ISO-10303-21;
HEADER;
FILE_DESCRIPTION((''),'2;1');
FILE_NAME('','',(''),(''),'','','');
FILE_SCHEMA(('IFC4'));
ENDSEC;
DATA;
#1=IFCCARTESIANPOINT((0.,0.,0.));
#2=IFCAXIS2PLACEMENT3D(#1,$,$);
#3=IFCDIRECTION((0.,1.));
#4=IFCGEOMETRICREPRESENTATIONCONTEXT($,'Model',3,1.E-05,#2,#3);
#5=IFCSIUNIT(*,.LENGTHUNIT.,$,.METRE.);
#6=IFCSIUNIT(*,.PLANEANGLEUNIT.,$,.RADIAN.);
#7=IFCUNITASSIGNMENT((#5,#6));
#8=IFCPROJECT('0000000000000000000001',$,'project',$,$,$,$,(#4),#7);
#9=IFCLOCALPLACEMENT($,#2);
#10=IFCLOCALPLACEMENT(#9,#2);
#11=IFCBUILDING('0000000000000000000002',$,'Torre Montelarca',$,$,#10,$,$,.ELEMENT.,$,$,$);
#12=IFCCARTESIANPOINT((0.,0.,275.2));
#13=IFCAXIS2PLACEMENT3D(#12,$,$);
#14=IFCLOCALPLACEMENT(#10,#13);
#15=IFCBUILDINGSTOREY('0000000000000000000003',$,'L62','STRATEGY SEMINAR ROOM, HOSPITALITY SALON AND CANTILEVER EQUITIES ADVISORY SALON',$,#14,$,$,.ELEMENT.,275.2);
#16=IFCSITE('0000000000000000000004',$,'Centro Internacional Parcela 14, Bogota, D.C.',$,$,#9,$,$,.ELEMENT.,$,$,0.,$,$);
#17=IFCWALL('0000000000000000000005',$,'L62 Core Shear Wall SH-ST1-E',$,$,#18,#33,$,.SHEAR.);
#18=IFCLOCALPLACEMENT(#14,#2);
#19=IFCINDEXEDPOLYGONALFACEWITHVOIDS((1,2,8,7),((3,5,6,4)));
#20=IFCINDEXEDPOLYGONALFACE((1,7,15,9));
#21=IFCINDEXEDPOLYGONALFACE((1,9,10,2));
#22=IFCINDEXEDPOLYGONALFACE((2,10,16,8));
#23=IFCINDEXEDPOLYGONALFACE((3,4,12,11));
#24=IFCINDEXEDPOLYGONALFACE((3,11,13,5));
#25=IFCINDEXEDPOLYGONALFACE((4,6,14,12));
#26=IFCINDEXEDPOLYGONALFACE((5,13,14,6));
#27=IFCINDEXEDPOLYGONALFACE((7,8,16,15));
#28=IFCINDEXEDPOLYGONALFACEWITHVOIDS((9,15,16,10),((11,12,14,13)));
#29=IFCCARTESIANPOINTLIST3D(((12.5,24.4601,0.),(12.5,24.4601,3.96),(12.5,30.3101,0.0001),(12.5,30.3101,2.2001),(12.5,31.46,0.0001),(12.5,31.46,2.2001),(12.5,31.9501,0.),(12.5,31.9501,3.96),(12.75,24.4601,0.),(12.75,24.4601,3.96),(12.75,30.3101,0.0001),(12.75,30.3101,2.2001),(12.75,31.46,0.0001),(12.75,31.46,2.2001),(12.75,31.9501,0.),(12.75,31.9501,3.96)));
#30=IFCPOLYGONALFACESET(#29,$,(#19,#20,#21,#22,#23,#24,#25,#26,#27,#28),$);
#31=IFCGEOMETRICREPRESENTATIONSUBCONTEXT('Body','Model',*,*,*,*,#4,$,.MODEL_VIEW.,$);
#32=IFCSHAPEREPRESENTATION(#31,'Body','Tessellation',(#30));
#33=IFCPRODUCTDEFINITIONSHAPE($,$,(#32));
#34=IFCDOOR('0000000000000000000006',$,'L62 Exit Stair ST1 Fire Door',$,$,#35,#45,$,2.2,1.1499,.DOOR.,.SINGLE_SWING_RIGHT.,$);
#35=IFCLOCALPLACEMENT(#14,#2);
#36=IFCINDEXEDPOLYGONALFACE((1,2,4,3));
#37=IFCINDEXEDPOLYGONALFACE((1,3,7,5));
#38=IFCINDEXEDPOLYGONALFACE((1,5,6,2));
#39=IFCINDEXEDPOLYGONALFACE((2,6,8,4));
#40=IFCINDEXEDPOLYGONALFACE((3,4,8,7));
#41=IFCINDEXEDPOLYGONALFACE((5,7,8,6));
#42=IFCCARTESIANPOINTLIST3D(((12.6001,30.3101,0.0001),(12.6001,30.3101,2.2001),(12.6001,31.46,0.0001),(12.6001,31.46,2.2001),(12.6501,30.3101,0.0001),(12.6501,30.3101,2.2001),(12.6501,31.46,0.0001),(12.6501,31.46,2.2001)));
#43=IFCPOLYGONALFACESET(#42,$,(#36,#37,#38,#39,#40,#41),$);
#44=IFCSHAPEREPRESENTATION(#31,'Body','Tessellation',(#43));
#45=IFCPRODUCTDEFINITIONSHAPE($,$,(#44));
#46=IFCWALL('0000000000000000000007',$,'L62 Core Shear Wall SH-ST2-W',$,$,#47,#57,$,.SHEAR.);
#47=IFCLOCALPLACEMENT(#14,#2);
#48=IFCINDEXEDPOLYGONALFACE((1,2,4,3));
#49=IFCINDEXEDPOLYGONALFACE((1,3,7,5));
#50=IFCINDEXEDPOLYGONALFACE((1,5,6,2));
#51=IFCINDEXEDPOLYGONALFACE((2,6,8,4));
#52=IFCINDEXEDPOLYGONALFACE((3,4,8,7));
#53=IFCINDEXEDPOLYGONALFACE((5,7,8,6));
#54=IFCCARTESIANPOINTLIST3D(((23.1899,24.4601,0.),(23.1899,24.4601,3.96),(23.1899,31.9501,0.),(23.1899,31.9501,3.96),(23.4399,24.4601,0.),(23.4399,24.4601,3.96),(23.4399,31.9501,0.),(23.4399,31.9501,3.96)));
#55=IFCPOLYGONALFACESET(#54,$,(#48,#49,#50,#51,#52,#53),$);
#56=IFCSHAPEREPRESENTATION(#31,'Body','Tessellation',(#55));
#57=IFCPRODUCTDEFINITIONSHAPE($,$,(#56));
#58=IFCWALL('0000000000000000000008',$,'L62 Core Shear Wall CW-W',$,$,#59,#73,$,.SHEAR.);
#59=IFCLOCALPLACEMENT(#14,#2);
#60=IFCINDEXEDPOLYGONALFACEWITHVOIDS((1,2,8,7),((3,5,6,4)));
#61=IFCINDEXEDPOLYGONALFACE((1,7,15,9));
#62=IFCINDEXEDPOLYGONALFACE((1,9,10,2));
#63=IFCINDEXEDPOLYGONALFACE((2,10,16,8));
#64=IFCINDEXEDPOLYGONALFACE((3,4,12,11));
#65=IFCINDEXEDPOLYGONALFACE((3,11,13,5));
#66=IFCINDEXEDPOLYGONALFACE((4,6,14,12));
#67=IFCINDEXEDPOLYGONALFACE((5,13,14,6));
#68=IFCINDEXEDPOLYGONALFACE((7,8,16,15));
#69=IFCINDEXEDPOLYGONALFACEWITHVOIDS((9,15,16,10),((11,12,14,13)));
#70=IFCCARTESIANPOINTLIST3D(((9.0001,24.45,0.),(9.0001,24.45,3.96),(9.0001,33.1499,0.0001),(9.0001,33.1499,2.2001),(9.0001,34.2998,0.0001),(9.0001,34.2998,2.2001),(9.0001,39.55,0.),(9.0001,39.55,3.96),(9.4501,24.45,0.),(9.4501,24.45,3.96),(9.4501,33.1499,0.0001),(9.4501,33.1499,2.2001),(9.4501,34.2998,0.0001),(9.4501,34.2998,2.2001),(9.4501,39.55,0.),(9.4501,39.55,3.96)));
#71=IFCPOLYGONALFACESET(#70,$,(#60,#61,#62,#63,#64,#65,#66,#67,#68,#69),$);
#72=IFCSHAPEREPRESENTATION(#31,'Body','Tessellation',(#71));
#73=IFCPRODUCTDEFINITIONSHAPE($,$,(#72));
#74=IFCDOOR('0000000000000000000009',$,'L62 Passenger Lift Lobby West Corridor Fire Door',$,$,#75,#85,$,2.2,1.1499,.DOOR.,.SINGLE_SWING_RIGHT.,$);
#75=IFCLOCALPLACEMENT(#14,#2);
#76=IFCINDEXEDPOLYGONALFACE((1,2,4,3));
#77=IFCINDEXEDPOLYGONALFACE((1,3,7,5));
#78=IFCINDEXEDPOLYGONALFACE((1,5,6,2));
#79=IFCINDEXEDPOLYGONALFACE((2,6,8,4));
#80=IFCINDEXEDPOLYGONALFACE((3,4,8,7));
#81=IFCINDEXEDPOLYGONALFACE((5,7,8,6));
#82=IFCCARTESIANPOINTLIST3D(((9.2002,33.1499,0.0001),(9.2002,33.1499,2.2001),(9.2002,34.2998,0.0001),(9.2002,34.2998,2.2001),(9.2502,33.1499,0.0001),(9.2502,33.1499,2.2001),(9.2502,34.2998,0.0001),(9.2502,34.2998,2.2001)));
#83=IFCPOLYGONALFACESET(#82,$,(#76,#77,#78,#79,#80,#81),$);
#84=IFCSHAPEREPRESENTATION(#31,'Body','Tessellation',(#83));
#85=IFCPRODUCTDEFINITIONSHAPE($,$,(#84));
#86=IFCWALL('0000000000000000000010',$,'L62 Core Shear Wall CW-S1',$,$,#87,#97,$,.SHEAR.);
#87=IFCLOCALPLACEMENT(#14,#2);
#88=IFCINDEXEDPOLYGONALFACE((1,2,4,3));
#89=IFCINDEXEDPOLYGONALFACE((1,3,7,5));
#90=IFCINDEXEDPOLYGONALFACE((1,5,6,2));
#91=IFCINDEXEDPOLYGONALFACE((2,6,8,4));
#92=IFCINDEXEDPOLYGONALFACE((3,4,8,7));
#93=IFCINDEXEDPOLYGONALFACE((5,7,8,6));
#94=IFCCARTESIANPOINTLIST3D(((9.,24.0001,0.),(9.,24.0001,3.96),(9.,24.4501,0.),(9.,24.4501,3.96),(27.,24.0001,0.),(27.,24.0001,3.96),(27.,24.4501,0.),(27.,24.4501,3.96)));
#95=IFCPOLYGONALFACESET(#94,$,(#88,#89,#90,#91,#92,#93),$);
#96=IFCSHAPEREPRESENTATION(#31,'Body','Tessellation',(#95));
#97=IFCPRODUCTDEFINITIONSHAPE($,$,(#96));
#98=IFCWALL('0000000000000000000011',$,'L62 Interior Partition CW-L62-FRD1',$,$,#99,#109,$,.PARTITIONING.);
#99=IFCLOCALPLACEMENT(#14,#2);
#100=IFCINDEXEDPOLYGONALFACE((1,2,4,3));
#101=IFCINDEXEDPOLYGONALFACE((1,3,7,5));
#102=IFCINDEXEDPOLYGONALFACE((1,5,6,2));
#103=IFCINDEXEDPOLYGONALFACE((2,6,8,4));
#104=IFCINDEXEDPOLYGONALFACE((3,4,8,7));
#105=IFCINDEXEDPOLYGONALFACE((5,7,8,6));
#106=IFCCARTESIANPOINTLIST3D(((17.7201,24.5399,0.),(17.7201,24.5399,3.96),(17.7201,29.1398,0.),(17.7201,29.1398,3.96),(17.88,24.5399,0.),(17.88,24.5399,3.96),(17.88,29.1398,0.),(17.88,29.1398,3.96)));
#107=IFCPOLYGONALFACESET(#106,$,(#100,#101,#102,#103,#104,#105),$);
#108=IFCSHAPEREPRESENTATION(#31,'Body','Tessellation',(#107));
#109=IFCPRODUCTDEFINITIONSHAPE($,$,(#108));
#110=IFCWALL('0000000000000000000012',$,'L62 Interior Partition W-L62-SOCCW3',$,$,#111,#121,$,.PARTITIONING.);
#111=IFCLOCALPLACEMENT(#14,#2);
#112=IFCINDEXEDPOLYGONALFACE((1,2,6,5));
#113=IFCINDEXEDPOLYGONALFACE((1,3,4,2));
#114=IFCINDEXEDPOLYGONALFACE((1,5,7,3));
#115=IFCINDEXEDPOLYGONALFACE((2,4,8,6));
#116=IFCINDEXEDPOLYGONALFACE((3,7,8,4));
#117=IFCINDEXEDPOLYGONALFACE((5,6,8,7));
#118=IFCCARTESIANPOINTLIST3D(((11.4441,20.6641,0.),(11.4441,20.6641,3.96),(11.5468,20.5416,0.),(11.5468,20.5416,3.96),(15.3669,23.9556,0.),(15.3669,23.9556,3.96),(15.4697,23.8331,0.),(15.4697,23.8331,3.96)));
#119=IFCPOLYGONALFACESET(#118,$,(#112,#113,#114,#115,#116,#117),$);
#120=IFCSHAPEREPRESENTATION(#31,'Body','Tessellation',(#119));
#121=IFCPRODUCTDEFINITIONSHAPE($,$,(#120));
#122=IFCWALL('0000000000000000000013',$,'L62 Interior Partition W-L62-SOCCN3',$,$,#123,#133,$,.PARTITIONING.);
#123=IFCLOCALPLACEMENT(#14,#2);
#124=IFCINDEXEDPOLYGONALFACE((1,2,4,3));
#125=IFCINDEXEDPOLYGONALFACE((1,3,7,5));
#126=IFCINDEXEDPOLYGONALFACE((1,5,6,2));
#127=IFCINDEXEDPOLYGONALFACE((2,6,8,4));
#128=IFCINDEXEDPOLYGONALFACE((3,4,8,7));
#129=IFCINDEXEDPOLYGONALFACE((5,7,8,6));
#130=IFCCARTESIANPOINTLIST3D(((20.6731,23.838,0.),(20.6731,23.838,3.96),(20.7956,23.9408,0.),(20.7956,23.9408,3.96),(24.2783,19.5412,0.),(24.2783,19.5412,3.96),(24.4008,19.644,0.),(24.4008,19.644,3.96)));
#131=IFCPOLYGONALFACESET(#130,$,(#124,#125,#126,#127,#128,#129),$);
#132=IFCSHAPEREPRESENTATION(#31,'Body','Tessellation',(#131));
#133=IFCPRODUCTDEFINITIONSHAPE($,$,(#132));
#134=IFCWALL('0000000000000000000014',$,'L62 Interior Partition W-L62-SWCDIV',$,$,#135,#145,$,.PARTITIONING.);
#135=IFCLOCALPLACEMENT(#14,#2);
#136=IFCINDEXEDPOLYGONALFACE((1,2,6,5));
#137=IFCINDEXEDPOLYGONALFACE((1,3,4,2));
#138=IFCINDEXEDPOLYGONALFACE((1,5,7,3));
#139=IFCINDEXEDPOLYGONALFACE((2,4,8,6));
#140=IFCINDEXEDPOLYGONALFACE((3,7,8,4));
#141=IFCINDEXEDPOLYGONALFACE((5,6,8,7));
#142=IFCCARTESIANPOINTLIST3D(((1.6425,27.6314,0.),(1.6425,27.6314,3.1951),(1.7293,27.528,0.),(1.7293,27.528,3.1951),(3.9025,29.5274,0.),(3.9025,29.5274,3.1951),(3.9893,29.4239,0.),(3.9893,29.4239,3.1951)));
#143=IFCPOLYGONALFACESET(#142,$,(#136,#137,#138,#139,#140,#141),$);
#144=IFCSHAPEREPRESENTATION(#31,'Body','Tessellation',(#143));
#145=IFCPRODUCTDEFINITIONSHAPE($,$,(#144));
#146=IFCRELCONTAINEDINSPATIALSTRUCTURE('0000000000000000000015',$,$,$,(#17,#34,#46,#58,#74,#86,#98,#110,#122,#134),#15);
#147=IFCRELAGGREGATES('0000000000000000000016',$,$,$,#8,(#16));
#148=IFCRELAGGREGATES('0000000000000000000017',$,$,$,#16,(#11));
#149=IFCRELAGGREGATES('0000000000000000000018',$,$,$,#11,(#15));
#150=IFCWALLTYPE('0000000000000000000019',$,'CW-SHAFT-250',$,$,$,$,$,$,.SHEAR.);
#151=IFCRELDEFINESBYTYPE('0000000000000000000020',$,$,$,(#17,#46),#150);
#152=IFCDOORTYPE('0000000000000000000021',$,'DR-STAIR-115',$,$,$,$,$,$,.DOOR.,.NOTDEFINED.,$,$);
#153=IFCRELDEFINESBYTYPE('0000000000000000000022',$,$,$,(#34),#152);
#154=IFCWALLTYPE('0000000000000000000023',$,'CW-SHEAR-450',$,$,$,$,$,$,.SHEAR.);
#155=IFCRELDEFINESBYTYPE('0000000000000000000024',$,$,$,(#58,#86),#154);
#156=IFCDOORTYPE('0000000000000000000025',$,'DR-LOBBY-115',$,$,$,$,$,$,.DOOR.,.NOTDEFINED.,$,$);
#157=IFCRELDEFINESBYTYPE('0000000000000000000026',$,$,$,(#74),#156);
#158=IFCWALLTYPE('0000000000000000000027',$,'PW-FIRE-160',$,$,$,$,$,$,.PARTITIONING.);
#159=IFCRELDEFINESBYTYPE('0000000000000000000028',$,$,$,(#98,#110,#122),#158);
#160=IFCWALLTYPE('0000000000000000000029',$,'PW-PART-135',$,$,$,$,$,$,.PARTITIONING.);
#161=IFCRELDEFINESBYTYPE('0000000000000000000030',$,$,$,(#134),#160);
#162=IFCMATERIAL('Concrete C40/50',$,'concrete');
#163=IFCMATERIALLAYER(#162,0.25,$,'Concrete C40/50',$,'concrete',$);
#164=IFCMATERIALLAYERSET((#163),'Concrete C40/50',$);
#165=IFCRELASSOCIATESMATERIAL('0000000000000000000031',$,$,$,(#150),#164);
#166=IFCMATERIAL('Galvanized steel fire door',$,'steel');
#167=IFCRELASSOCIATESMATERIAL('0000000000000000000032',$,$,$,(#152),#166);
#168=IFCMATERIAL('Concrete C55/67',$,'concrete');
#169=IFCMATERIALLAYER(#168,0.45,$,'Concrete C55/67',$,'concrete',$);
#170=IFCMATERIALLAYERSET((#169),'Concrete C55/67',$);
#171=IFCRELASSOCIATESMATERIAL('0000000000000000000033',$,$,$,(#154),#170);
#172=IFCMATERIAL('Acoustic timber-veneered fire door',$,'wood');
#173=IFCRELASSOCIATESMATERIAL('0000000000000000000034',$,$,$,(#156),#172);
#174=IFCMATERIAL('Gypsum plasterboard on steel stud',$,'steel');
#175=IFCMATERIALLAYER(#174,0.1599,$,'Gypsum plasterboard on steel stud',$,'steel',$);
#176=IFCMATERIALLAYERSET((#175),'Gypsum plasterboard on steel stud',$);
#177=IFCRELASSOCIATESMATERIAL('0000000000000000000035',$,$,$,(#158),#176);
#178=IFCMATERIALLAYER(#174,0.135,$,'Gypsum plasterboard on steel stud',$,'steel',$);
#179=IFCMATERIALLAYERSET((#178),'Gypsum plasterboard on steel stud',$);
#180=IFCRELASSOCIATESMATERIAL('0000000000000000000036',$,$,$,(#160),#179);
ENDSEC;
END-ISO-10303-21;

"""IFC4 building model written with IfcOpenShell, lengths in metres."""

from ifc_helpers import new_model, si_unit, direction, frame, frame_2d, origin, place, context, subcontext, project, spatial, rectangle, extrude, source, transform, mapped, material, layer, layer_set, type_object, element, fill, save


model = new_model("IFC4")

# Units and contexts
model_context = context("Model", 3, precision=1e-05, world=origin(), true_north=direction((0.0, 1.0)))
body_context = subcontext(model_context, "Body", "Model", "MODEL_VIEW")
ifc_project = project(units=[si_unit("LENGTHUNIT", "METRE"), si_unit("PLANEANGLEUNIT", "RADIAN")], contexts=[model_context])

# Site, building, storey
site_placement = place(None, origin())
site = spatial("IfcSite", under=ifc_project, at=site_placement, Name="Centro Internacional Parcela 14, Bogota, D.C.", CompositionType="ELEMENT", RefElevation=0.0)
building_placement = place(site_placement, origin())
building = spatial("IfcBuilding", under=site, at=building_placement, Name="Torre Montelarca", CompositionType="ELEMENT")
storey_placement = place(building_placement, frame((0.0, 0.0, 275.2)))
storey = spatial("IfcBuildingStorey", under=building, at=storey_placement, Name="L62", Description="STRATEGY SEMINAR ROOM, HOSPITALITY SALON AND CANTILEVER EQUITIES ADVISORY SALON", CompositionType="ELEMENT", Elevation=275.2)

# Shared definitions
ifc_material_1 = material(Name="Concrete C55/67", Category="concrete")

# Wall, opening, door
ifc_material_2 = material(Name="Concrete C40/50", Category="concrete")
ifc_layer_1 = layer(ifc_material_2, 0.25, Name="Concrete C40/50", Category="concrete")
ifc_layer_set_1 = layer_set([ifc_layer_1], Name="Concrete C40/50")
wall_type_1 = type_object("IfcWallType", Name="CW-SHAFT-250", PredefinedType="SHEAR", material=ifc_layer_set_1)
wall_1_placement = place(storey_placement, frame((12.625, 24.46, 0.0), z_axis=(0.0, 0.0, 1.0), x_axis=(0.0, 1.0, 0.0)))
wall_1 = element("IfcWall", 1, at=wall_1_placement, inside=storey, type_object=wall_type_1, Name="L62 Core Shear Wall SH-ST1-E", PredefinedType="SHEAR", context=body_context, shape_type="SweptSolid", body=[
    extrude(rectangle(XDim=7.49, YDim=0.25, at=frame_2d((3.7451, 0.0))), origin(), (0.0, 0.0, 1.0), 3.96),
])
opening_1_placement = place(wall_1_placement, frame((5.8501, 0.0, 0.0)))
opening_1 = element("IfcOpeningElement", 2, at=opening_1_placement, cuts=wall_1, PredefinedType="OPENING", context=body_context, shape_type="SweptSolid", body=[
    extrude(rectangle(XDim=1.1499, YDim=2.2, at=frame_2d((0.575, 1.1001))), frame((0.0, 0.135, 0.0), z_axis=(0.0, -1.0, 0.0), x_axis=(1.0, 0.0, 0.0)), (0.0, 0.0, 1.0), 0.27),
])
ifc_material_3 = material(Name="Galvanized steel fire door", Category="steel")
door_type_1 = type_object("IfcDoorType", Name="DR-STAIR-115", OperationType="NOTDEFINED", PredefinedType="DOOR", material=ifc_material_3)
shared_shape_1 = source(origin(), body_context, "Body", "SweptSolid", [
    extrude(rectangle(XDim=1.1499, YDim=2.2, at=frame_2d((0.575, 1.1001))), frame((0.0, 0.0249, 0.0), z_axis=(0.0, -1.0, 0.0), x_axis=(1.0, 0.0, 0.0)), (0.0, 0.0, 1.0), 0.05),
])
door_1_placement = place(opening_1_placement, origin())
door_1 = element("IfcDoor", 3, at=door_1_placement, inside=storey, type_object=door_type_1, Name="L62 Exit Stair ST1 Fire Door", OperationType="SINGLE_SWING_RIGHT", OverallHeight=2.2, OverallWidth=1.1499, PredefinedType="DOOR", context=body_context, shape_type="MappedRepresentation", body=[
    mapped(shared_shape_1, transform((0.0, 0.0, 0.0), scale=1.0)),
])
fill(opening_1, door_1)

# Wall
wall_2_placement = place(storey_placement, frame((23.3149, 24.46, 0.0), z_axis=(0.0, 0.0, 1.0), x_axis=(0.0, 1.0, 0.0)))
element("IfcWall", 4, at=wall_2_placement, inside=storey, type_object=wall_type_1, Name="L62 Core Shear Wall SH-ST2-W", PredefinedType="SHEAR", context=body_context, shape_type="SweptSolid", body=[
    extrude(rectangle(XDim=7.49, YDim=0.25, at=frame_2d((3.7451, 0.0))), origin(), (0.0, 0.0, 1.0), 3.96),
])

# Wall, opening, door
ifc_layer_2 = layer(ifc_material_1, 0.45, Name="Concrete C55/67", Category="concrete")
ifc_layer_set_2 = layer_set([ifc_layer_2], Name="Concrete C55/67")
wall_type_2 = type_object("IfcWallType", Name="CW-SHEAR-450", PredefinedType="SHEAR", material=ifc_layer_set_2)
wall_3_placement = place(storey_placement, frame((9.2251, 24.45, 0.0), z_axis=(0.0, 0.0, 1.0), x_axis=(0.0, 1.0, 0.0)))
wall_3 = element("IfcWall", 5, at=wall_3_placement, inside=storey, type_object=wall_type_2, Name="L62 Core Shear Wall CW-W", PredefinedType="SHEAR", context=body_context, shape_type="SweptSolid", body=[
    extrude(rectangle(XDim=15.1001, YDim=0.45, at=frame_2d((7.55, 0.0))), origin(), (0.0, 0.0, 1.0), 3.96),
])
opening_2_placement = place(wall_3_placement, frame((8.7, 0.0, 0.0)))
opening_2 = element("IfcOpeningElement", 6, at=opening_2_placement, cuts=wall_3, PredefinedType="OPENING", context=body_context, shape_type="SweptSolid", body=[
    extrude(rectangle(XDim=1.1499, YDim=2.2, at=frame_2d((0.575, 1.1001))), frame((0.0, 0.2349, 0.0), z_axis=(0.0, -1.0, 0.0), x_axis=(1.0, 0.0, 0.0)), (0.0, 0.0, 1.0), 0.47),
])
ifc_material_4 = material(Name="Acoustic timber-veneered fire door", Category="wood")
door_type_2 = type_object("IfcDoorType", Name="DR-LOBBY-115", OperationType="NOTDEFINED", PredefinedType="DOOR", material=ifc_material_4)
shared_shape_2 = source(origin(), body_context, "Body", "SweptSolid", [
    extrude(rectangle(XDim=1.1499, YDim=2.2, at=frame_2d((0.575, 1.1001))), frame((0.0, 0.0249, 0.0), z_axis=(0.0, -1.0, 0.0), x_axis=(1.0, 0.0, 0.0)), (0.0, 0.0, 1.0), 0.05),
])
door_2_placement = place(opening_2_placement, origin())
door_2 = element("IfcDoor", 7, at=door_2_placement, inside=storey, type_object=door_type_2, Name="L62 Passenger Lift Lobby West Corridor Fire Door", OperationType="SINGLE_SWING_RIGHT", OverallHeight=2.2, OverallWidth=1.1499, PredefinedType="DOOR", context=body_context, shape_type="MappedRepresentation", body=[
    mapped(shared_shape_2, transform((0.0, 0.0, 0.0), scale=1.0)),
])
fill(opening_2, door_2)

# Walls
wall_4_placement = place(storey_placement, frame((9.0, 24.2251, 0.0), z_axis=(0.0, 0.0, 1.0), x_axis=(1.0, 0.0, 0.0)))
element("IfcWall", 8, at=wall_4_placement, inside=storey, type_object=wall_type_2, Name="L62 Core Shear Wall CW-S1", PredefinedType="SHEAR", context=body_context, shape_type="SweptSolid", body=[
    extrude(rectangle(XDim=18.0, YDim=0.45, at=frame_2d((9.0, 0.0))), origin(), (0.0, 0.0, 1.0), 3.96),
])
ifc_material_5 = material(Name="Gypsum plasterboard on steel stud", Category="steel")
ifc_layer_3 = layer(ifc_material_5, 0.1599, Name="Gypsum plasterboard on steel stud", Category="steel")
ifc_layer_set_3 = layer_set([ifc_layer_3], Name="Gypsum plasterboard on steel stud")
wall_type_3 = type_object("IfcWallType", Name="PW-FIRE-160", PredefinedType="PARTITIONING", material=ifc_layer_set_3)
wall_5_placement = place(storey_placement, frame((17.8, 24.54, 0.0), z_axis=(0.0, 0.0, 1.0), x_axis=(0.0, 1.0, 0.0)))
element("IfcWall", 9, at=wall_5_placement, inside=storey, type_object=wall_type_3, Name="L62 Interior Partition CW-L62-FRD1", PredefinedType="PARTITIONING", context=body_context, shape_type="SweptSolid", body=[
    extrude(rectangle(XDim=4.5999, YDim=0.1599, at=frame_2d((2.2998, 0.0))), origin(), (0.0, 0.0, 1.0), 3.96),
])
wall_6_placement = place(storey_placement, frame((11.4954, 20.6028, 0.0), z_axis=(0.0, 0.0, 1.0), x_axis=(0.76606, 0.642769, 0.0)))
element("IfcWall", 10, at=wall_6_placement, inside=storey, type_object=wall_type_3, Name="L62 Interior Partition W-L62-SOCCW3", PredefinedType="PARTITIONING", context=body_context, shape_type="SweptSolid", body=[
    extrude(rectangle(XDim=5.1208, YDim=0.1599, at=frame_2d((2.5605, 0.0))), origin(), (0.0, 0.0, 1.0), 3.96),
])
wall_7_placement = place(storey_placement, frame((20.7344, 23.8894, 0.0), z_axis=(0.0, 0.0, 1.0), x_axis=(0.642758, -0.766069, 0.0)))
element("IfcWall", 11, at=wall_7_placement, inside=storey, type_object=wall_type_3, Name="L62 Interior Partition W-L62-SOCCN3", PredefinedType="PARTITIONING", context=body_context, shape_type="SweptSolid", body=[
    extrude(rectangle(XDim=5.6089, YDim=0.1599, at=frame_2d((2.8044, 0.0))), origin(), (0.0, 0.0, 1.0), 3.96),
])
ifc_layer_4 = layer(ifc_material_5, 0.135, Name="Gypsum plasterboard on steel stud", Category="steel")
ifc_layer_set_4 = layer_set([ifc_layer_4], Name="Gypsum plasterboard on steel stud")
wall_type_4 = type_object("IfcWallType", Name="PW-PART-135", PredefinedType="PARTITIONING", material=ifc_layer_set_4)
wall_8_placement = place(storey_placement, frame((1.6858, 27.5796, 0.0), z_axis=(0.0, 0.0, 1.0), x_axis=(0.766107, 0.642713, 0.0)))
element("IfcWall", 12, at=wall_8_placement, inside=storey, type_object=wall_type_4, Name="L62 Interior Partition W-L62-SWCDIV", PredefinedType="PARTITIONING", context=body_context, shape_type="SweptSolid", body=[
    extrude(rectangle(XDim=2.95, YDim=0.135, at=frame_2d((1.4751, 0.0))), origin(), (0.0, 0.0, 1.0), 3.1951),
])

save(model, "model.ifc")
